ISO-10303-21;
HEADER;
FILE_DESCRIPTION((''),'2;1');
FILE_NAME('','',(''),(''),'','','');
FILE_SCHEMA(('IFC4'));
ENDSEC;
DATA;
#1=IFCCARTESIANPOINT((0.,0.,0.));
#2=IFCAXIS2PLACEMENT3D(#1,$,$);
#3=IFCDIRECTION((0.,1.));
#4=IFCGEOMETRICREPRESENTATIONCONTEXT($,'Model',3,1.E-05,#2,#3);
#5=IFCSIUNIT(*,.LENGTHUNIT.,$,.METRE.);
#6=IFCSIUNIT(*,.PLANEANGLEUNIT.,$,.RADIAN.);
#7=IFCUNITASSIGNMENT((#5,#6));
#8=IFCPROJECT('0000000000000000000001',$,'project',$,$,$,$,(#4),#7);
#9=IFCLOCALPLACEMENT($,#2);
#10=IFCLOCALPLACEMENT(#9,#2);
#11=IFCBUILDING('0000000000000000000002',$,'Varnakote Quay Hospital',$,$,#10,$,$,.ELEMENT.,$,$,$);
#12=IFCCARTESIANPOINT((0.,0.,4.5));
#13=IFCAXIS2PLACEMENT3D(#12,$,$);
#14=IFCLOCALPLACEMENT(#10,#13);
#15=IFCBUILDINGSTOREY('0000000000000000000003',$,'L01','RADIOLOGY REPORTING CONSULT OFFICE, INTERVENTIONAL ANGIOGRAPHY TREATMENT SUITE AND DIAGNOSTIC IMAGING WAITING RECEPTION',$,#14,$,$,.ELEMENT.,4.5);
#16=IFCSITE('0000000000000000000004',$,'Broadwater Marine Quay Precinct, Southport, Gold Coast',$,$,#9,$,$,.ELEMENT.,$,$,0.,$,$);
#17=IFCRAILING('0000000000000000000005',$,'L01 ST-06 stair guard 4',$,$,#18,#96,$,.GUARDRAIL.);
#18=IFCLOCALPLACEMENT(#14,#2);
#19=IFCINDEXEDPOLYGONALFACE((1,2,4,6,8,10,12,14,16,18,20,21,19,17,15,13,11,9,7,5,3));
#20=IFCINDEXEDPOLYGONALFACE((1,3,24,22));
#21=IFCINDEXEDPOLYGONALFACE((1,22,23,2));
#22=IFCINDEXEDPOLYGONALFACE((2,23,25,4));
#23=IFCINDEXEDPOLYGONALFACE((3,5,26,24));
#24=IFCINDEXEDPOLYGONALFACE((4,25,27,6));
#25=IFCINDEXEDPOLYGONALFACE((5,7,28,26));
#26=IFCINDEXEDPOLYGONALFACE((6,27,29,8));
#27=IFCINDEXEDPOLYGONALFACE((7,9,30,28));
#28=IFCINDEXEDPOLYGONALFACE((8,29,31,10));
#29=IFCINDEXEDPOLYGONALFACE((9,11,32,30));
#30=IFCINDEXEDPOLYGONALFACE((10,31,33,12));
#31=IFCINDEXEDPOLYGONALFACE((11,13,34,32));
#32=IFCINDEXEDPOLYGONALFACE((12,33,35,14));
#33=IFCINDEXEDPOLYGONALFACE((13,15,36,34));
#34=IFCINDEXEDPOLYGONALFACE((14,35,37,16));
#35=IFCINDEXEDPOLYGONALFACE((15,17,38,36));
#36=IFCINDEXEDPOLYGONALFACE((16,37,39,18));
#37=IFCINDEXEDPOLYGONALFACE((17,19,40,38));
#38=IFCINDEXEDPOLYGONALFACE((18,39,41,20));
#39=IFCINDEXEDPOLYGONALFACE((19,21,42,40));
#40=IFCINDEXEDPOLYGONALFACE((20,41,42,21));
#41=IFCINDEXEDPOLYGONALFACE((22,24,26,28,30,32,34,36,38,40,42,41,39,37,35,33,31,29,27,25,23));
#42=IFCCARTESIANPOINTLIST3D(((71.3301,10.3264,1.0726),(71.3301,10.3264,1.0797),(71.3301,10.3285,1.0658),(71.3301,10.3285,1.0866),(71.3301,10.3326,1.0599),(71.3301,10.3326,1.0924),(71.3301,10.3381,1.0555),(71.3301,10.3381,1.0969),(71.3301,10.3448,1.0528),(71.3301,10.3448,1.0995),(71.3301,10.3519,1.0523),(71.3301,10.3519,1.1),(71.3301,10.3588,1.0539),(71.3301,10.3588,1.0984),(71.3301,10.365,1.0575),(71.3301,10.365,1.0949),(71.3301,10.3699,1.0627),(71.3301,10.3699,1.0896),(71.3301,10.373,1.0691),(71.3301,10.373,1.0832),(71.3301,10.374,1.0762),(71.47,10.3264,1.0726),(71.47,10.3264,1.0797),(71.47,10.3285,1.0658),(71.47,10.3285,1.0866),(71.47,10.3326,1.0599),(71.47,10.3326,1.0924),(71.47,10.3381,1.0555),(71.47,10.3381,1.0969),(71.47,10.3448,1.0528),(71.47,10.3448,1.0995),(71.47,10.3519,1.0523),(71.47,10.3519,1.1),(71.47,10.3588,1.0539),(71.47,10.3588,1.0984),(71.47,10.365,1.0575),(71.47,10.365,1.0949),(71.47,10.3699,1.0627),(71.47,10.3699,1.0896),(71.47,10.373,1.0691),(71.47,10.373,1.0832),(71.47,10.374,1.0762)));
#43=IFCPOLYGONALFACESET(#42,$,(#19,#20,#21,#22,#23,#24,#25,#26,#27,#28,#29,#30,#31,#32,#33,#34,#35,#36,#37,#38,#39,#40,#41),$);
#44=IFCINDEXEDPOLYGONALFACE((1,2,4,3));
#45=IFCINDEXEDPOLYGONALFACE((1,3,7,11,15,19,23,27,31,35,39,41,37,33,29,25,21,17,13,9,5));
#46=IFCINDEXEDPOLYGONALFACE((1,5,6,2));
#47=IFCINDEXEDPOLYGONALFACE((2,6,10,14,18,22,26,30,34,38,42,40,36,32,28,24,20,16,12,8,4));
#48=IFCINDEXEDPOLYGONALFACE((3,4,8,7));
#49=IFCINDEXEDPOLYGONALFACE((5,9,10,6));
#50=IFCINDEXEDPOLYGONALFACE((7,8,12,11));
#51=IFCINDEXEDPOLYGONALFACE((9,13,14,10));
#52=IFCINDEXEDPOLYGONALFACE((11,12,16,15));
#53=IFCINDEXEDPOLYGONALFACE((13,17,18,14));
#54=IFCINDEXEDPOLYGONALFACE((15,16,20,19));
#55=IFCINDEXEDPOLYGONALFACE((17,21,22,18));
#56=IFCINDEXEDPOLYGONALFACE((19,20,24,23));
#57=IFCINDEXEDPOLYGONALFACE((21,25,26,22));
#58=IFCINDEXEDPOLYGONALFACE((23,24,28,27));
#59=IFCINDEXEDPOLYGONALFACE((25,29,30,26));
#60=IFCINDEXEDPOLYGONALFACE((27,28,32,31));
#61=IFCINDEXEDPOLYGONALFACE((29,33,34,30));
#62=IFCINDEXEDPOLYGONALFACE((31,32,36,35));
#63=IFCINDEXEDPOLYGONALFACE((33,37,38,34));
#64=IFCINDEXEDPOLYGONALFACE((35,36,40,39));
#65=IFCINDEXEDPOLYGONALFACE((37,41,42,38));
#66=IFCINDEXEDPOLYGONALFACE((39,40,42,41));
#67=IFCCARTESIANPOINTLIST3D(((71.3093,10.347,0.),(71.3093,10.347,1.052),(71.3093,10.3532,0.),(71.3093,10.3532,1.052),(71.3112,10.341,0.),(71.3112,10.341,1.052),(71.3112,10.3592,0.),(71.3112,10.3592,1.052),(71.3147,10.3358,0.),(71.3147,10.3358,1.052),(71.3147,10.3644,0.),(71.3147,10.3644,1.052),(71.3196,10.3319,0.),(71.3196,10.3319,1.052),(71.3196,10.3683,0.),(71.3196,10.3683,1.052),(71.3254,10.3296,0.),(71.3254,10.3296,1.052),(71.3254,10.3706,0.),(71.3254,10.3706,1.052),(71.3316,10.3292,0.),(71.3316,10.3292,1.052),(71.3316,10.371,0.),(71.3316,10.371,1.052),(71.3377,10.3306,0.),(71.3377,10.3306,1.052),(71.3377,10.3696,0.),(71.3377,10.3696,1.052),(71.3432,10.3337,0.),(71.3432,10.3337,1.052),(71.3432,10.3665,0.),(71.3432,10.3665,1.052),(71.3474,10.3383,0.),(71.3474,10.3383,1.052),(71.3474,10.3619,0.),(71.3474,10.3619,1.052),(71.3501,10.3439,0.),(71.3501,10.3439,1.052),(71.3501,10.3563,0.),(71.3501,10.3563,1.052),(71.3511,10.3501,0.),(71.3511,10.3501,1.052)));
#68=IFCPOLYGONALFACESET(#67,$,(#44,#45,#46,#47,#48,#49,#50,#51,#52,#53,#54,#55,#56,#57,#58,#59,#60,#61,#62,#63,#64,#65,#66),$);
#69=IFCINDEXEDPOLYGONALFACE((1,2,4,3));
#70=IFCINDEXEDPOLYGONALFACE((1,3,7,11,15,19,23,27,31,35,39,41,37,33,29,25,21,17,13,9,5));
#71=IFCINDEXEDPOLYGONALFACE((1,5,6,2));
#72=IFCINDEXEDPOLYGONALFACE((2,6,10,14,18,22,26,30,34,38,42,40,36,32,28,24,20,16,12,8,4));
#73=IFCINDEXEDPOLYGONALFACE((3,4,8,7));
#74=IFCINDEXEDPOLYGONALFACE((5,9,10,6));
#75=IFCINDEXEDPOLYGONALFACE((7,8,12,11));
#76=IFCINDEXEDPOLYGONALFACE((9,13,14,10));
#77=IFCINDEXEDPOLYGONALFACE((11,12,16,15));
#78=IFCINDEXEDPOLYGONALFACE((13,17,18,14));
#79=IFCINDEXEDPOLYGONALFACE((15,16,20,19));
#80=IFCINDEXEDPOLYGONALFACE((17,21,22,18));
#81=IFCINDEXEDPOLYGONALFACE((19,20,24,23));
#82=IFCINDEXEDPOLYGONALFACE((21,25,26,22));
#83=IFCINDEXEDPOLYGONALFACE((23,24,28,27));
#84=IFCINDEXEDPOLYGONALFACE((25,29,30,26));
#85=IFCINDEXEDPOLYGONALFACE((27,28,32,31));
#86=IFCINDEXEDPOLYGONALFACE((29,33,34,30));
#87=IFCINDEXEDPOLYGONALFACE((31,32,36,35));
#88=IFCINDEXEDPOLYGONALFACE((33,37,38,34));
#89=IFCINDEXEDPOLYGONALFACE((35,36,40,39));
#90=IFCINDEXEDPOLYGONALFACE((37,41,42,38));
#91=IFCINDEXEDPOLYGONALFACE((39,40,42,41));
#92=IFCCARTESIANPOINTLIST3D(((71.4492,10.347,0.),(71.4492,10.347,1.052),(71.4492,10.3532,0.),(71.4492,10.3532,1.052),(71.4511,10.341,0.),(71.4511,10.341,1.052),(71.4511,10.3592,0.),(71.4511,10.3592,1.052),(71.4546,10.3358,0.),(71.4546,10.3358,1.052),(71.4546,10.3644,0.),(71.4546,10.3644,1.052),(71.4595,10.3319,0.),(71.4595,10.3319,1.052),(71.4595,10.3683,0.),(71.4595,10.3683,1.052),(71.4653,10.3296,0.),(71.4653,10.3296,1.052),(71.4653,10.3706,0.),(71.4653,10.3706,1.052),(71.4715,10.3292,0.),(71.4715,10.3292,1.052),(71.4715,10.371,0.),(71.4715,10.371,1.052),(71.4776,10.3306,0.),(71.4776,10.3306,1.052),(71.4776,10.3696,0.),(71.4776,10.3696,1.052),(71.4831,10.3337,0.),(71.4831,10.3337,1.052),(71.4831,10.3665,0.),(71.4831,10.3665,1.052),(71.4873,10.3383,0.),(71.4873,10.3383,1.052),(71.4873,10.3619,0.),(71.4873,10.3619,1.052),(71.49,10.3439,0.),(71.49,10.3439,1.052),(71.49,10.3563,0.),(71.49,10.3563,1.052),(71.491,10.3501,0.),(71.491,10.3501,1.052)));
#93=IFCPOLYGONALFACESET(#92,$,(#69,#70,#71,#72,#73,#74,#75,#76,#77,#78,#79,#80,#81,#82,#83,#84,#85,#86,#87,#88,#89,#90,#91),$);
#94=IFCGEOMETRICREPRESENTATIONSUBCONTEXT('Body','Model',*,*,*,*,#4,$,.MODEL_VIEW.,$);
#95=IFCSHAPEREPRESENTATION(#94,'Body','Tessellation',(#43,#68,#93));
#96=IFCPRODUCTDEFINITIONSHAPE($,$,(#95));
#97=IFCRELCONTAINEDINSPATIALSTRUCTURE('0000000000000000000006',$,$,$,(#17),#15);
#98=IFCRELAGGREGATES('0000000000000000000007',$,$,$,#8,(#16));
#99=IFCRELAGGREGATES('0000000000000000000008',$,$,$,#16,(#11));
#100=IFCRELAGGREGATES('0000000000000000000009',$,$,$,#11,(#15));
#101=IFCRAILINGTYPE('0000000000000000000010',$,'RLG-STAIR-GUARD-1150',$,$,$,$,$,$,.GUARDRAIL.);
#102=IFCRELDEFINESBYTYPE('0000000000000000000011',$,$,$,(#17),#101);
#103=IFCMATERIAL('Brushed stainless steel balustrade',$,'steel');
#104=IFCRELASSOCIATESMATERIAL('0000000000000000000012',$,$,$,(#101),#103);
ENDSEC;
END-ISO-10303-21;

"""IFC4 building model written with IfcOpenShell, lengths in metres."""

from ifc_helpers import new_model, si_unit, direction, frame, origin, origin_2d, place, context, subcontext, project, spatial, circle, extrude, material, type_object, element, save


model = new_model("IFC4")

# Units and contexts
model_context = context("Model", 3, precision=1e-05, world=origin(), true_north=direction((0.0, 1.0)))
body_context = subcontext(model_context, "Body", "Model", "MODEL_VIEW")
ifc_project = project(units=[si_unit("LENGTHUNIT", "METRE"), si_unit("PLANEANGLEUNIT", "RADIAN")], contexts=[model_context])

# Site, building, storey
site_placement = place(None, origin())
site = spatial("IfcSite", under=ifc_project, at=site_placement, Name="Broadwater Marine Quay Precinct, Southport, Gold Coast", CompositionType="ELEMENT", RefElevation=0.0)
building_placement = place(site_placement, origin())
building = spatial("IfcBuilding", under=site, at=building_placement, Name="Varnakote Quay Hospital", CompositionType="ELEMENT")
storey_placement = place(building_placement, frame((0.0, 0.0, 4.5)))
storey = spatial("IfcBuildingStorey", under=building, at=storey_placement, Name="L01", Description="RADIOLOGY REPORTING CONSULT OFFICE, INTERVENTIONAL ANGIOGRAPHY TREATMENT SUITE AND DIAGNOSTIC IMAGING WAITING RECEPTION", CompositionType="ELEMENT", Elevation=4.5)

# Railing
ifc_material_1 = material(Name="Brushed stainless steel balustrade", Category="steel")
railing_type_1 = type_object("IfcRailingType", Name="RLG-STAIR-GUARD-1150", PredefinedType="GUARDRAIL", material=ifc_material_1)
railing_1_placement = place(storey_placement, frame((71.3301, 10.3501, 0.0)))
element("IfcRailing", 1, at=railing_1_placement, inside=storey, type_object=railing_type_1, Name="L01 ST-06 stair guard 4", PredefinedType="GUARDRAIL", context=body_context, shape_type="SweptSolid", body=[
    extrude(circle(Radius=0.0239, at=origin_2d()), frame((0.0, 0.0, 1.0762), z_axis=(1.0, 0.0, 0.0), x_axis=(0.0, 1.0, 0.0)), (0.0, 0.0, 1.0), 0.1399),
    extrude(circle(Radius=0.021, at=origin_2d()), origin(), (0.0, 0.0, 1.0), 1.052),
    extrude(circle(Radius=0.021, at=origin_2d()), frame((0.1399, 0.0, 0.0)), (0.0, 0.0, 1.0), 1.052),
])

save(model, "model.ifc")
